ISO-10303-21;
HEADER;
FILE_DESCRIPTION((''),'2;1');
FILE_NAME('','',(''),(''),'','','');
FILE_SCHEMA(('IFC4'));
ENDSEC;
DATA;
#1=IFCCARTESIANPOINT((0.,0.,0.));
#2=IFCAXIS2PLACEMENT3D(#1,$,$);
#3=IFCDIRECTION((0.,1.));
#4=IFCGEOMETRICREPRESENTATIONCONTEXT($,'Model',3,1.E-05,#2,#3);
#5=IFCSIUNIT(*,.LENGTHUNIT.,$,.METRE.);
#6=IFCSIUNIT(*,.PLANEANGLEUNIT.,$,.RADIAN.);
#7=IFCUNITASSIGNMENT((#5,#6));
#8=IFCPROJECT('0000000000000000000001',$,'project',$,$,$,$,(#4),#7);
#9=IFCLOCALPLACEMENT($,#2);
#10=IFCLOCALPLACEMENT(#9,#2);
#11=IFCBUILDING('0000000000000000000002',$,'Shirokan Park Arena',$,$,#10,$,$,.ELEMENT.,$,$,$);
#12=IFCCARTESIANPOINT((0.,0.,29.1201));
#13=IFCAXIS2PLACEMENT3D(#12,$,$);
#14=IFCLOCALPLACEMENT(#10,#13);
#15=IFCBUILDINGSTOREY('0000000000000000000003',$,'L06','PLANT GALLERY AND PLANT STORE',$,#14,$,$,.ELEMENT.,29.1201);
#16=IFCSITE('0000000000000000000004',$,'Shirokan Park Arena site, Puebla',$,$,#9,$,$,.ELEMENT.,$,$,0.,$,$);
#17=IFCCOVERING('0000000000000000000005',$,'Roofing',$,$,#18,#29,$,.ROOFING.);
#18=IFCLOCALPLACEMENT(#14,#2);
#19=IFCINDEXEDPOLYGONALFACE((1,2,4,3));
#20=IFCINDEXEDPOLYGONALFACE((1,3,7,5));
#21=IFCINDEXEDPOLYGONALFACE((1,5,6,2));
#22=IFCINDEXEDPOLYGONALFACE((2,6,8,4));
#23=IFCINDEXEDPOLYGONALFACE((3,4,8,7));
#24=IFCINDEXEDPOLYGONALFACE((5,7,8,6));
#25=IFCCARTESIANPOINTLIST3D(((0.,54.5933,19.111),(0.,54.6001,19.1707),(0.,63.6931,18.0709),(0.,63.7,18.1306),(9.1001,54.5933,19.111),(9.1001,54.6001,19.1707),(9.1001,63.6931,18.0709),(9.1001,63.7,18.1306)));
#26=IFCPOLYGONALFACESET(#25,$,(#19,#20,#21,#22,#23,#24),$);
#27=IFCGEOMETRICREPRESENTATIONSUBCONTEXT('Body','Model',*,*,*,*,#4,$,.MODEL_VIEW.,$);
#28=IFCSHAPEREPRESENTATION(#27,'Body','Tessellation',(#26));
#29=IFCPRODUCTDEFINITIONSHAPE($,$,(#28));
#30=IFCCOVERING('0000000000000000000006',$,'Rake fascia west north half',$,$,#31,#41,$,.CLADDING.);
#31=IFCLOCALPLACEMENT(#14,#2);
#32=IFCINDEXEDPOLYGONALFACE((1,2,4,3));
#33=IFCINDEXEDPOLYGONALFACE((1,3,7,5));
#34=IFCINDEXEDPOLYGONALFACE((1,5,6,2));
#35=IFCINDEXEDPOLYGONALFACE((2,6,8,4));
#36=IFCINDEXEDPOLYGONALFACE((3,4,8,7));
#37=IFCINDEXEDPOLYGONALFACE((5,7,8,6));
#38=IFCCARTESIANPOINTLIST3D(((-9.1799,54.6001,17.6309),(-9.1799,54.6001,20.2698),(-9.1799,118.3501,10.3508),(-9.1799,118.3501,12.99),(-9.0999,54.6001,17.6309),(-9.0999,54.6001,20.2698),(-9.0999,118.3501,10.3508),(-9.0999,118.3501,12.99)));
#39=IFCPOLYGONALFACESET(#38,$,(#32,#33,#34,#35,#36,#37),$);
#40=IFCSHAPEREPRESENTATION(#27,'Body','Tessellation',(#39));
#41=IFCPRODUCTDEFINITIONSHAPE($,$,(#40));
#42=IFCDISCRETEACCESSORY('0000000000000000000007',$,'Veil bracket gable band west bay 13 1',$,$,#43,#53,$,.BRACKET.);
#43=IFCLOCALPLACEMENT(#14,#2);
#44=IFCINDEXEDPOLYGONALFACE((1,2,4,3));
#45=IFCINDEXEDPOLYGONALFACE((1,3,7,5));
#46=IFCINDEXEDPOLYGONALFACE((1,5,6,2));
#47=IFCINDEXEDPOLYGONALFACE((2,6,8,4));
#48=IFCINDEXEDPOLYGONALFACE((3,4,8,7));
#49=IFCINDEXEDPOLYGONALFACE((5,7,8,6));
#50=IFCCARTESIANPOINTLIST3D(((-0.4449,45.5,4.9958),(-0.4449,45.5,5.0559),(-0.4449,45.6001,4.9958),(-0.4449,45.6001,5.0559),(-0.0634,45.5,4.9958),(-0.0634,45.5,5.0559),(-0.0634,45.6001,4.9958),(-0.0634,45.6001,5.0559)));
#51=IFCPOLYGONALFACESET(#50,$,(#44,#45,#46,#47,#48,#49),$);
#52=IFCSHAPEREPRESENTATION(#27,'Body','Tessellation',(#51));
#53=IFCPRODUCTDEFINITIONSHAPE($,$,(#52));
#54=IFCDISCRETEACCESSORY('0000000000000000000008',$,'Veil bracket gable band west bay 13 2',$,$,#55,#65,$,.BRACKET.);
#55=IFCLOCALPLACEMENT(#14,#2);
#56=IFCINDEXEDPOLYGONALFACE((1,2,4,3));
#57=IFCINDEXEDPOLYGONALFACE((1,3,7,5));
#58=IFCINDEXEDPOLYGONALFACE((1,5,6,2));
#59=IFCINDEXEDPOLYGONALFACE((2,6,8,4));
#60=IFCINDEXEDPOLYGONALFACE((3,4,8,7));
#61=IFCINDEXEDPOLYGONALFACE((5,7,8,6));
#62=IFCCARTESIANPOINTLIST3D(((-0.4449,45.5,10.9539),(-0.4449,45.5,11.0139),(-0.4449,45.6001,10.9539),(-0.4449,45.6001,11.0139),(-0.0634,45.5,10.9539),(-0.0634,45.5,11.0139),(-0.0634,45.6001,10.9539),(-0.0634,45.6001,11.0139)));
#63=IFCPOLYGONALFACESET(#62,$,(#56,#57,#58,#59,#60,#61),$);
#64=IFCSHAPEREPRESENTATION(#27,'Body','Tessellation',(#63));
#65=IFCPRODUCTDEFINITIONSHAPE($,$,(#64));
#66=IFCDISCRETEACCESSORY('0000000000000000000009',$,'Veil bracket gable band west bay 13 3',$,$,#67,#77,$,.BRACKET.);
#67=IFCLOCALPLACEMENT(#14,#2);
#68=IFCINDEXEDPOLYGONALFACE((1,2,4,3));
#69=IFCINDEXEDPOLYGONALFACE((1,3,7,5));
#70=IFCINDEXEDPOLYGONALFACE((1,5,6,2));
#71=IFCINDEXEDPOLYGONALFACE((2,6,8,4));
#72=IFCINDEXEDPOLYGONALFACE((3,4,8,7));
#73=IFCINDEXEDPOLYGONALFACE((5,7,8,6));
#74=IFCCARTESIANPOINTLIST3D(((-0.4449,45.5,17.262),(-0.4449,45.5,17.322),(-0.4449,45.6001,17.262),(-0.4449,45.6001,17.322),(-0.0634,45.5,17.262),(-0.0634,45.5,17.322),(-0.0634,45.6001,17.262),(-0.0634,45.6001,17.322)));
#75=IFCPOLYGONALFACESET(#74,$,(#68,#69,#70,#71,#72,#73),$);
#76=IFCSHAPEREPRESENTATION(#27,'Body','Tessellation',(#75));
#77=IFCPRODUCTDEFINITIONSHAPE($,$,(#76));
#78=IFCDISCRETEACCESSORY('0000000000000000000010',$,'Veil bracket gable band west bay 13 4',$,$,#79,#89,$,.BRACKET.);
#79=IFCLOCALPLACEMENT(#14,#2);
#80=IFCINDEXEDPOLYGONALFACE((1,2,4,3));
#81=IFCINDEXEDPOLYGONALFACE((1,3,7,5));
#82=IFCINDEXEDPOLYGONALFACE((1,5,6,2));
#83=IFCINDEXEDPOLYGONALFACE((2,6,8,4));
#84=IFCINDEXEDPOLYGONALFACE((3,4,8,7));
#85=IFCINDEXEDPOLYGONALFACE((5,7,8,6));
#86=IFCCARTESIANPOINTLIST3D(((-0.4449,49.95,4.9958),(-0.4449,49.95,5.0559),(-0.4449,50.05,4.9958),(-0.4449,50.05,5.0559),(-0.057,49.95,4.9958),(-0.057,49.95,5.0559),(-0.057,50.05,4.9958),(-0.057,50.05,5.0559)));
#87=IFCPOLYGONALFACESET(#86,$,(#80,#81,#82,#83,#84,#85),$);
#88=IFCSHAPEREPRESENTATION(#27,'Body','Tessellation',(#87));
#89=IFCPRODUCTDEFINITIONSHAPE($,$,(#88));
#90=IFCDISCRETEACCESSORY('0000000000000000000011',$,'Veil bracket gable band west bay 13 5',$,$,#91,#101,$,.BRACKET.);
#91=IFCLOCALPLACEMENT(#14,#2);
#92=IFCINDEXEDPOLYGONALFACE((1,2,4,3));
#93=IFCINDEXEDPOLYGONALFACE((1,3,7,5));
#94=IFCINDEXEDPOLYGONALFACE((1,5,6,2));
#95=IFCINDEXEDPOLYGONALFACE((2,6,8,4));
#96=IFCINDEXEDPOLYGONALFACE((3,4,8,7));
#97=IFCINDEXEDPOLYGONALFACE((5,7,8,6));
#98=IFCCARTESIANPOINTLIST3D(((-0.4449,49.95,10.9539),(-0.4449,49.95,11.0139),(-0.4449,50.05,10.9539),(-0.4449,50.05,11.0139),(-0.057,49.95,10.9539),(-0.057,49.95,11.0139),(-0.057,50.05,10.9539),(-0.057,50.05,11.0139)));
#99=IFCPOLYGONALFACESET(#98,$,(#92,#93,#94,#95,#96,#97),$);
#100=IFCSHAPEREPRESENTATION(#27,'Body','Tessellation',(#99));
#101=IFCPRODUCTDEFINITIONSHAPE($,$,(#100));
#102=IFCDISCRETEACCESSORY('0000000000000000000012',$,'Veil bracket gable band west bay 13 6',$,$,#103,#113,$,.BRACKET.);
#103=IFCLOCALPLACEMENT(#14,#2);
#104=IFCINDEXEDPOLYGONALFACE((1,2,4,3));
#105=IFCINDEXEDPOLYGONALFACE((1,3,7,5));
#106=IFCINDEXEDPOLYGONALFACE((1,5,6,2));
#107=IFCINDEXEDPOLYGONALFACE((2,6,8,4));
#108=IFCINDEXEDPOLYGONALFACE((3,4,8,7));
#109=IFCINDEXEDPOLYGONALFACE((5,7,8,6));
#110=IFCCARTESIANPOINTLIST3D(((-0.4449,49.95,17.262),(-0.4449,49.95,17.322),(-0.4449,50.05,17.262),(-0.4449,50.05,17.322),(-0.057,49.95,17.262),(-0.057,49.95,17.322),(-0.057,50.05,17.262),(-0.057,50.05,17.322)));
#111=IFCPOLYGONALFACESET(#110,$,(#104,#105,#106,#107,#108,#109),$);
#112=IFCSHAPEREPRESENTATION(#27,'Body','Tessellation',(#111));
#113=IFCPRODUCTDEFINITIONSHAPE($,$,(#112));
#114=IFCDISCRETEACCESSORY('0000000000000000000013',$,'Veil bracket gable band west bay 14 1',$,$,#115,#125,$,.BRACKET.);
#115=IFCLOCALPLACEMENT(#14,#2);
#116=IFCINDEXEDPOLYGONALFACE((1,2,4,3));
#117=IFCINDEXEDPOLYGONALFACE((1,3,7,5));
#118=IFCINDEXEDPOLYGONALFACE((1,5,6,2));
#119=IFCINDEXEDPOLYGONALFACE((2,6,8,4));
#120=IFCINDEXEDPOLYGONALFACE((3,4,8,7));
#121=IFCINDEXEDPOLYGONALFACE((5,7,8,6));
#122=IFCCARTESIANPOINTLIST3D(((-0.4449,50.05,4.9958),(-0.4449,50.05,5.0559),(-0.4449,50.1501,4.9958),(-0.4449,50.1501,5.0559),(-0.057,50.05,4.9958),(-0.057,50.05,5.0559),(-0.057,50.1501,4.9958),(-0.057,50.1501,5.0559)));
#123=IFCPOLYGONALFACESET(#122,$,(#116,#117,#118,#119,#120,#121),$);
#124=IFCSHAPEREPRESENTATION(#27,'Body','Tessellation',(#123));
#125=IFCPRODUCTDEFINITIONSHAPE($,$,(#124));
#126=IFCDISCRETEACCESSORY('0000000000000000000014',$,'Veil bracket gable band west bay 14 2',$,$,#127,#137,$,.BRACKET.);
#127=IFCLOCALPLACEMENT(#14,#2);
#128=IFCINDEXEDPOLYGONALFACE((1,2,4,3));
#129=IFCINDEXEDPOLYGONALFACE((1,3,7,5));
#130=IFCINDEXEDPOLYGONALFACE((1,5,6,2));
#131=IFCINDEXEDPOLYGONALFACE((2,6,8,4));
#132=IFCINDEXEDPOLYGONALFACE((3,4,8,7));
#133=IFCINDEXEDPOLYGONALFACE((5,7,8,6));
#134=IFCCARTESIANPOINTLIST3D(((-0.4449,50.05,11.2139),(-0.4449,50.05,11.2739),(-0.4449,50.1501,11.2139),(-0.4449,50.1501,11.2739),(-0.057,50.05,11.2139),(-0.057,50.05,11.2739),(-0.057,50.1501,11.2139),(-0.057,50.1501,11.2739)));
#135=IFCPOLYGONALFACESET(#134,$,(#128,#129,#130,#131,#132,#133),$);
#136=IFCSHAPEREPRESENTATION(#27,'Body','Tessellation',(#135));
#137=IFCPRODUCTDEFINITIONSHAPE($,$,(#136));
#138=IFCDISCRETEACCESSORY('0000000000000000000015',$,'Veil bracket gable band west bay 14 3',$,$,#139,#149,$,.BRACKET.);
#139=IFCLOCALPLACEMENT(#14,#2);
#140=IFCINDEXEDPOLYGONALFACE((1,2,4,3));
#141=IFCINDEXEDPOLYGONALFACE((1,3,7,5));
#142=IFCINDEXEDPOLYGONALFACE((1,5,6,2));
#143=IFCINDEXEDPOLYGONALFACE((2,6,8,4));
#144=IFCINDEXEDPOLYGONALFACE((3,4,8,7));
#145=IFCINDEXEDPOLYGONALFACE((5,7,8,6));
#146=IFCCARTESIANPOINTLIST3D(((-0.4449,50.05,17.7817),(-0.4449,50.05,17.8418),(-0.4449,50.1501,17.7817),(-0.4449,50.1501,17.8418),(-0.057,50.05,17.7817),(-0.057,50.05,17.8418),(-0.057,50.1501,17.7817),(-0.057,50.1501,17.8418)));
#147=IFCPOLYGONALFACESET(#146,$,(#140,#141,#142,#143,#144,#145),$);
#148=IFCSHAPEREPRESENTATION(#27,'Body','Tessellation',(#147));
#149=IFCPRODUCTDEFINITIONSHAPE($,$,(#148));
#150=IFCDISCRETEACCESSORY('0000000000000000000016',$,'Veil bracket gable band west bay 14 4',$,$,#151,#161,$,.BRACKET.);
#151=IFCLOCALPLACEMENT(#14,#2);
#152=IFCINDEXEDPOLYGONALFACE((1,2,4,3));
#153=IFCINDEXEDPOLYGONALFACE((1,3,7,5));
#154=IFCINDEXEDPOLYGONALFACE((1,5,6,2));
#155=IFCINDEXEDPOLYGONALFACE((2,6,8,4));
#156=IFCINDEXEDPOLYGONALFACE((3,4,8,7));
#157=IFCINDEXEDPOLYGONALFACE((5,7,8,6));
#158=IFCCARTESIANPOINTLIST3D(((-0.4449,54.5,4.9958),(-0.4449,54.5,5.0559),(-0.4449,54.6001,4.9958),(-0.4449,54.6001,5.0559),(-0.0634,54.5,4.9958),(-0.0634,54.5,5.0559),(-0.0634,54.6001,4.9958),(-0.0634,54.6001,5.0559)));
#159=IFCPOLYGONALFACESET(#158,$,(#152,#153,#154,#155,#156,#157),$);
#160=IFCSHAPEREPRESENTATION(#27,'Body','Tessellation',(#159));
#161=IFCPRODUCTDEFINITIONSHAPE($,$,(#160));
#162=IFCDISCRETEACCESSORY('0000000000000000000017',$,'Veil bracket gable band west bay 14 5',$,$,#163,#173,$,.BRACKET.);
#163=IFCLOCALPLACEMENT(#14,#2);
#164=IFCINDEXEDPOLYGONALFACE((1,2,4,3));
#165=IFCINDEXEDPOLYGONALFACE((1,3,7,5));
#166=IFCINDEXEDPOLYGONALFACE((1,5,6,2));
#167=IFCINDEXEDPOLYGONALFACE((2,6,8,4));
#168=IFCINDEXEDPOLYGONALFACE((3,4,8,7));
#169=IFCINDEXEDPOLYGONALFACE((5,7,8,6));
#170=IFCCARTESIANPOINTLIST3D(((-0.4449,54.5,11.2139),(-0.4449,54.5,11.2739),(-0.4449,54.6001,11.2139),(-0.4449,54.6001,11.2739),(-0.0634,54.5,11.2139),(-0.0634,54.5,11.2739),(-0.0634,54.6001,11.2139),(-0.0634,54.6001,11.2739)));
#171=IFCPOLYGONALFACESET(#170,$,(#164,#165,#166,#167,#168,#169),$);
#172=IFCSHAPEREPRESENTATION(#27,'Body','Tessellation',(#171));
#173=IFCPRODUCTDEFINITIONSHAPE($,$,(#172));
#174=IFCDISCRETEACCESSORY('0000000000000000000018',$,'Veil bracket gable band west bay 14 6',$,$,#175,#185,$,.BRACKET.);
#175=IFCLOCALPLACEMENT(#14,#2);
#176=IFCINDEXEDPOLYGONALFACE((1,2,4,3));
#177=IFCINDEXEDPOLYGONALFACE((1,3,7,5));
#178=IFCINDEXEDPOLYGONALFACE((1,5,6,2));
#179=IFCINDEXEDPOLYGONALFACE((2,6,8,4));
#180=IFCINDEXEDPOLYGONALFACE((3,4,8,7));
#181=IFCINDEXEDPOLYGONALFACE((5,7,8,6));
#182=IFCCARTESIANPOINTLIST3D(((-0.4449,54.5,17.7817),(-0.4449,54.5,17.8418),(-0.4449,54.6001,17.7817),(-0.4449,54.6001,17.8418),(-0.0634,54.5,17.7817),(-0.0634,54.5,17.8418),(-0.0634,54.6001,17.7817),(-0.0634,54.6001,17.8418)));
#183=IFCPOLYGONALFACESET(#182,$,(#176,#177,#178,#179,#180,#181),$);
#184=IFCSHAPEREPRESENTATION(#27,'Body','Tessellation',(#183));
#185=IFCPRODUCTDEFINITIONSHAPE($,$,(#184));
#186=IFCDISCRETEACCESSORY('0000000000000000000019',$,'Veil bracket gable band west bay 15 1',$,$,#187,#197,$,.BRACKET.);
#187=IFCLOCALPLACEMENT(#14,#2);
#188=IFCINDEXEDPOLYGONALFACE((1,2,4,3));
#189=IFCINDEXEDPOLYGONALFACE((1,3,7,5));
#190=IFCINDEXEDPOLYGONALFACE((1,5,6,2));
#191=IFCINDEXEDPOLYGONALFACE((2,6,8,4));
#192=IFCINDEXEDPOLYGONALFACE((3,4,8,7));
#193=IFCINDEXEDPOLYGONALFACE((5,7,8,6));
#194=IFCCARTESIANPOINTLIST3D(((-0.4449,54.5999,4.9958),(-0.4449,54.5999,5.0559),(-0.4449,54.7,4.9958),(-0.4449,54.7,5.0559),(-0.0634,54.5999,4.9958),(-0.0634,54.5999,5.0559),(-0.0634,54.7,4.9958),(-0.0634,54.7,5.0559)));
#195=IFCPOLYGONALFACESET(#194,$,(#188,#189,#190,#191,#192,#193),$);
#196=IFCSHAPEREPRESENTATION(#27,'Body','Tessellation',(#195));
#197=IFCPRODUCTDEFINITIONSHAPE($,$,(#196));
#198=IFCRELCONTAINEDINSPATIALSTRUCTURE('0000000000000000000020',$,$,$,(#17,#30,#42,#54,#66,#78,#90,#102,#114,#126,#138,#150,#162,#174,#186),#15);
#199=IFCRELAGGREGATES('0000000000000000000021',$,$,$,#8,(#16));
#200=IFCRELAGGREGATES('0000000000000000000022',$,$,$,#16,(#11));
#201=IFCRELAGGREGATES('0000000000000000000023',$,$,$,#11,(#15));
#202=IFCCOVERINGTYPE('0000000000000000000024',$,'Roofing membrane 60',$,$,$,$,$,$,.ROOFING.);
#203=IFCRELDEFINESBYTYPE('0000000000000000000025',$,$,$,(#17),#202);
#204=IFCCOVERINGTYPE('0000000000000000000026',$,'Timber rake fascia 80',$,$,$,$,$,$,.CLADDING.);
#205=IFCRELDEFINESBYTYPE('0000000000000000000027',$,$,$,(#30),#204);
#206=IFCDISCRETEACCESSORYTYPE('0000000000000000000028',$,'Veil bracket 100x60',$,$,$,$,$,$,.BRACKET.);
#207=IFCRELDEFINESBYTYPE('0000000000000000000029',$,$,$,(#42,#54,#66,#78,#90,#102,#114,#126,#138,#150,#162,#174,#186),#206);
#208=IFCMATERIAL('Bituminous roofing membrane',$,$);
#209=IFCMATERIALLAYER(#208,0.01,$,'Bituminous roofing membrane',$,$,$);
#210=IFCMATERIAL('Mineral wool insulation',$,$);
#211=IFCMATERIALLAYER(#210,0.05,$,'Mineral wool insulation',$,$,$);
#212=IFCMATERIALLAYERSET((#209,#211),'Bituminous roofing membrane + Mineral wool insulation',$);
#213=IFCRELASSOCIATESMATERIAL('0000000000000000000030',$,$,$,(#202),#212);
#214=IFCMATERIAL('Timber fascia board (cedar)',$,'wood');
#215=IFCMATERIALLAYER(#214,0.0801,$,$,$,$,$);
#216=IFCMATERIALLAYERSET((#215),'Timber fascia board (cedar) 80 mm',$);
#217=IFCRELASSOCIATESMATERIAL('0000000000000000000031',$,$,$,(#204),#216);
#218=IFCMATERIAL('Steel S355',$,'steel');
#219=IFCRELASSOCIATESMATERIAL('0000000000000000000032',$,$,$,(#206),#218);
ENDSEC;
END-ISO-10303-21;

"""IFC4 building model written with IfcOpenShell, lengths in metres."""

from ifc_helpers import new_model, si_unit, direction, frame, origin, origin_2d, place, context, subcontext, project, spatial, polyline, rectangle, outline, extrude, material, layer, layer_set, type_object, element, save


model = new_model("IFC4")

# Units and contexts
model_context = context("Model", 3, precision=1e-05, world=origin(), true_north=direction((0.0, 1.0)))
body_context = subcontext(model_context, "Body", "Model", "MODEL_VIEW")
ifc_project = project(units=[si_unit("LENGTHUNIT", "METRE"), si_unit("PLANEANGLEUNIT", "RADIAN")], contexts=[model_context])

# Site, building, storey
site_placement = place(None, origin())
site = spatial("IfcSite", under=ifc_project, at=site_placement, Name="Shirokan Park Arena site, Puebla", CompositionType="ELEMENT", RefElevation=0.0)
building_placement = place(site_placement, origin())
building = spatial("IfcBuilding", under=site, at=building_placement, Name="Shirokan Park Arena", CompositionType="ELEMENT")
storey_placement = place(building_placement, frame((0.0, 0.0, 29.1201)))
storey = spatial("IfcBuildingStorey", under=building, at=storey_placement, Name="L06", Description="PLANT GALLERY AND PLANT STORE", CompositionType="ELEMENT", Elevation=29.1201)

# Coverings
ifc_material_1 = material(Name="Bituminous roofing membrane")
ifc_layer_1 = layer(ifc_material_1, 0.01, Name="Bituminous roofing membrane")
ifc_material_2 = material(Name="Mineral wool insulation")
ifc_layer_2 = layer(ifc_material_2, 0.05, Name="Mineral wool insulation")
ifc_layer_set_1 = layer_set([ifc_layer_1, ifc_layer_2], Name="Bituminous roofing membrane + Mineral wool insulation")
covering_type_1 = type_object("IfcCoveringType", Name="Roofing membrane 60", PredefinedType="ROOFING", material=ifc_layer_set_1)
for number, where, z_axis, x_axis, name in (
    (1, (0.0, 54.6001, 19.1707), (0.0, 0.113553, 0.993532), (1.0, 0.0, 0.0), "Roofing"),
):
    element("IfcCovering", number, at=place(storey_placement, frame(where, z_axis=z_axis, x_axis=x_axis)), inside=storey, type_object=covering_type_1, Name=name, PredefinedType="ROOFING", context=body_context, shape_type="SweptSolid", body=[
        extrude(outline(polyline([(0.0, 0.0), (9.1001, 0.0), (9.1001, 9.1591), (0.0, 9.1591), (0.0, 0.0)])), origin(), (0.0, 0.0, -1.0), 0.0601),
    ])
ifc_material_3 = material(Name="Timber fascia board (cedar)", Category="wood")
ifc_layer_3 = layer(ifc_material_3, 0.0801)
ifc_layer_set_2 = layer_set([ifc_layer_3], Name="Timber fascia board (cedar) 80 mm")
covering_type_2 = type_object("IfcCoveringType", Name="Timber rake fascia 80", PredefinedType="CLADDING", material=ifc_layer_set_2)
covering_1_placement = place(storey_placement, frame((-9.1799, 54.6001, 20.2698), z_axis=(-1.0, 0.0, 0.0), x_axis=(0.0, 0.993543, -0.113455)))
element("IfcCovering", 2, at=covering_1_placement, inside=storey, type_object=covering_type_2, Name="Rake fascia west north half", PredefinedType="CLADDING", context=body_context, shape_type="SweptSolid", body=[
    extrude(outline(polyline([(0.0, 0.0), (64.1643, 0.0), (64.4637, 2.6221), (0.2994, 2.6219), (0.0, 0.0)])), origin(), (0.0, 0.0, -1.0), 0.0801),
])

# Discrete accessories
ifc_material_4 = material(Name="Steel S355", Category="steel")
discrete_accessory_type = type_object("IfcDiscreteAccessoryType", Name="Veil bracket 100x60", PredefinedType="BRACKET", material=ifc_material_4)
for number, where, z_axis, x_axis, name in (
    (3, (-0.2542, 45.55, 4.9958), (0.0, 0.0, 1.0), (1.0, 0.0, 0.0), "Veil bracket gable band west bay 13 1"),
    (4, (-0.2542, 45.55, 10.9539), (0.0, 0.0, 1.0), (1.0, 0.0, 0.0), "Veil bracket gable band west bay 13 2"),
    (5, (-0.2542, 45.55, 17.262), (0.0, 0.0, 1.0), (1.0, 0.0, 0.0), "Veil bracket gable band west bay 13 3"),
):
    element("IfcDiscreteAccessory", number, at=place(storey_placement, frame(where, z_axis=z_axis, x_axis=x_axis)), inside=storey, type_object=discrete_accessory_type, Name=name, PredefinedType="BRACKET", context=body_context, shape_type="SweptSolid", body=[
        extrude(rectangle(XDim=0.3816, YDim=0.1001, at=origin_2d()), origin(), (0.0, 0.0, 1.0), 0.0601),
    ])
for number, where, z_axis, x_axis, name in (
    (6, (-0.251, 50.0, 4.9958), (0.0, 0.0, 1.0), (1.0, 0.0, 0.0), "Veil bracket gable band west bay 13 4"),
    (7, (-0.251, 50.0, 10.9539), (0.0, 0.0, 1.0), (1.0, 0.0, 0.0), "Veil bracket gable band west bay 13 5"),
    (8, (-0.251, 50.0, 17.262), (0.0, 0.0, 1.0), (1.0, 0.0, 0.0), "Veil bracket gable band west bay 13 6"),
    (9, (-0.251, 50.1001, 4.9958), (0.0, 0.0, 1.0), (1.0, 0.0, 0.0), "Veil bracket gable band west bay 14 1"),
    (10, (-0.251, 50.1001, 11.2139), (0.0, 0.0, 1.0), (1.0, 0.0, 0.0), "Veil bracket gable band west bay 14 2"),
    (11, (-0.251, 50.1001, 17.7817), (0.0, 0.0, 1.0), (1.0, 0.0, 0.0), "Veil bracket gable band west bay 14 3"),
):
    element("IfcDiscreteAccessory", number, at=place(storey_placement, frame(where, z_axis=z_axis, x_axis=x_axis)), inside=storey, type_object=discrete_accessory_type, Name=name, PredefinedType="BRACKET", context=body_context, shape_type="SweptSolid", body=[
        extrude(rectangle(XDim=0.3879, YDim=0.1001, at=origin_2d()), origin(), (0.0, 0.0, 1.0), 0.0601),
    ])
for number, where, z_axis, x_axis, name in (
    (12, (-0.2542, 54.55, 4.9958), (0.0, 0.0, 1.0), (1.0, 0.0, 0.0), "Veil bracket gable band west bay 14 4"),
    (13, (-0.2542, 54.55, 11.2139), (0.0, 0.0, 1.0), (1.0, 0.0, 0.0), "Veil bracket gable band west bay 14 5"),
    (14, (-0.2542, 54.55, 17.7817), (0.0, 0.0, 1.0), (1.0, 0.0, 0.0), "Veil bracket gable band west bay 14 6"),
    (15, (-0.2542, 54.6499, 4.9958), (0.0, 0.0, 1.0), (1.0, 0.0, 0.0), "Veil bracket gable band west bay 15 1"),
):
    element("IfcDiscreteAccessory", number, at=place(storey_placement, frame(where, z_axis=z_axis, x_axis=x_axis)), inside=storey, type_object=discrete_accessory_type, Name=name, PredefinedType="BRACKET", context=body_context, shape_type="SweptSolid", body=[
        extrude(rectangle(XDim=0.3816, YDim=0.1001, at=origin_2d()), origin(), (0.0, 0.0, 1.0), 0.0601),
    ])

save(model, "model.ifc")
